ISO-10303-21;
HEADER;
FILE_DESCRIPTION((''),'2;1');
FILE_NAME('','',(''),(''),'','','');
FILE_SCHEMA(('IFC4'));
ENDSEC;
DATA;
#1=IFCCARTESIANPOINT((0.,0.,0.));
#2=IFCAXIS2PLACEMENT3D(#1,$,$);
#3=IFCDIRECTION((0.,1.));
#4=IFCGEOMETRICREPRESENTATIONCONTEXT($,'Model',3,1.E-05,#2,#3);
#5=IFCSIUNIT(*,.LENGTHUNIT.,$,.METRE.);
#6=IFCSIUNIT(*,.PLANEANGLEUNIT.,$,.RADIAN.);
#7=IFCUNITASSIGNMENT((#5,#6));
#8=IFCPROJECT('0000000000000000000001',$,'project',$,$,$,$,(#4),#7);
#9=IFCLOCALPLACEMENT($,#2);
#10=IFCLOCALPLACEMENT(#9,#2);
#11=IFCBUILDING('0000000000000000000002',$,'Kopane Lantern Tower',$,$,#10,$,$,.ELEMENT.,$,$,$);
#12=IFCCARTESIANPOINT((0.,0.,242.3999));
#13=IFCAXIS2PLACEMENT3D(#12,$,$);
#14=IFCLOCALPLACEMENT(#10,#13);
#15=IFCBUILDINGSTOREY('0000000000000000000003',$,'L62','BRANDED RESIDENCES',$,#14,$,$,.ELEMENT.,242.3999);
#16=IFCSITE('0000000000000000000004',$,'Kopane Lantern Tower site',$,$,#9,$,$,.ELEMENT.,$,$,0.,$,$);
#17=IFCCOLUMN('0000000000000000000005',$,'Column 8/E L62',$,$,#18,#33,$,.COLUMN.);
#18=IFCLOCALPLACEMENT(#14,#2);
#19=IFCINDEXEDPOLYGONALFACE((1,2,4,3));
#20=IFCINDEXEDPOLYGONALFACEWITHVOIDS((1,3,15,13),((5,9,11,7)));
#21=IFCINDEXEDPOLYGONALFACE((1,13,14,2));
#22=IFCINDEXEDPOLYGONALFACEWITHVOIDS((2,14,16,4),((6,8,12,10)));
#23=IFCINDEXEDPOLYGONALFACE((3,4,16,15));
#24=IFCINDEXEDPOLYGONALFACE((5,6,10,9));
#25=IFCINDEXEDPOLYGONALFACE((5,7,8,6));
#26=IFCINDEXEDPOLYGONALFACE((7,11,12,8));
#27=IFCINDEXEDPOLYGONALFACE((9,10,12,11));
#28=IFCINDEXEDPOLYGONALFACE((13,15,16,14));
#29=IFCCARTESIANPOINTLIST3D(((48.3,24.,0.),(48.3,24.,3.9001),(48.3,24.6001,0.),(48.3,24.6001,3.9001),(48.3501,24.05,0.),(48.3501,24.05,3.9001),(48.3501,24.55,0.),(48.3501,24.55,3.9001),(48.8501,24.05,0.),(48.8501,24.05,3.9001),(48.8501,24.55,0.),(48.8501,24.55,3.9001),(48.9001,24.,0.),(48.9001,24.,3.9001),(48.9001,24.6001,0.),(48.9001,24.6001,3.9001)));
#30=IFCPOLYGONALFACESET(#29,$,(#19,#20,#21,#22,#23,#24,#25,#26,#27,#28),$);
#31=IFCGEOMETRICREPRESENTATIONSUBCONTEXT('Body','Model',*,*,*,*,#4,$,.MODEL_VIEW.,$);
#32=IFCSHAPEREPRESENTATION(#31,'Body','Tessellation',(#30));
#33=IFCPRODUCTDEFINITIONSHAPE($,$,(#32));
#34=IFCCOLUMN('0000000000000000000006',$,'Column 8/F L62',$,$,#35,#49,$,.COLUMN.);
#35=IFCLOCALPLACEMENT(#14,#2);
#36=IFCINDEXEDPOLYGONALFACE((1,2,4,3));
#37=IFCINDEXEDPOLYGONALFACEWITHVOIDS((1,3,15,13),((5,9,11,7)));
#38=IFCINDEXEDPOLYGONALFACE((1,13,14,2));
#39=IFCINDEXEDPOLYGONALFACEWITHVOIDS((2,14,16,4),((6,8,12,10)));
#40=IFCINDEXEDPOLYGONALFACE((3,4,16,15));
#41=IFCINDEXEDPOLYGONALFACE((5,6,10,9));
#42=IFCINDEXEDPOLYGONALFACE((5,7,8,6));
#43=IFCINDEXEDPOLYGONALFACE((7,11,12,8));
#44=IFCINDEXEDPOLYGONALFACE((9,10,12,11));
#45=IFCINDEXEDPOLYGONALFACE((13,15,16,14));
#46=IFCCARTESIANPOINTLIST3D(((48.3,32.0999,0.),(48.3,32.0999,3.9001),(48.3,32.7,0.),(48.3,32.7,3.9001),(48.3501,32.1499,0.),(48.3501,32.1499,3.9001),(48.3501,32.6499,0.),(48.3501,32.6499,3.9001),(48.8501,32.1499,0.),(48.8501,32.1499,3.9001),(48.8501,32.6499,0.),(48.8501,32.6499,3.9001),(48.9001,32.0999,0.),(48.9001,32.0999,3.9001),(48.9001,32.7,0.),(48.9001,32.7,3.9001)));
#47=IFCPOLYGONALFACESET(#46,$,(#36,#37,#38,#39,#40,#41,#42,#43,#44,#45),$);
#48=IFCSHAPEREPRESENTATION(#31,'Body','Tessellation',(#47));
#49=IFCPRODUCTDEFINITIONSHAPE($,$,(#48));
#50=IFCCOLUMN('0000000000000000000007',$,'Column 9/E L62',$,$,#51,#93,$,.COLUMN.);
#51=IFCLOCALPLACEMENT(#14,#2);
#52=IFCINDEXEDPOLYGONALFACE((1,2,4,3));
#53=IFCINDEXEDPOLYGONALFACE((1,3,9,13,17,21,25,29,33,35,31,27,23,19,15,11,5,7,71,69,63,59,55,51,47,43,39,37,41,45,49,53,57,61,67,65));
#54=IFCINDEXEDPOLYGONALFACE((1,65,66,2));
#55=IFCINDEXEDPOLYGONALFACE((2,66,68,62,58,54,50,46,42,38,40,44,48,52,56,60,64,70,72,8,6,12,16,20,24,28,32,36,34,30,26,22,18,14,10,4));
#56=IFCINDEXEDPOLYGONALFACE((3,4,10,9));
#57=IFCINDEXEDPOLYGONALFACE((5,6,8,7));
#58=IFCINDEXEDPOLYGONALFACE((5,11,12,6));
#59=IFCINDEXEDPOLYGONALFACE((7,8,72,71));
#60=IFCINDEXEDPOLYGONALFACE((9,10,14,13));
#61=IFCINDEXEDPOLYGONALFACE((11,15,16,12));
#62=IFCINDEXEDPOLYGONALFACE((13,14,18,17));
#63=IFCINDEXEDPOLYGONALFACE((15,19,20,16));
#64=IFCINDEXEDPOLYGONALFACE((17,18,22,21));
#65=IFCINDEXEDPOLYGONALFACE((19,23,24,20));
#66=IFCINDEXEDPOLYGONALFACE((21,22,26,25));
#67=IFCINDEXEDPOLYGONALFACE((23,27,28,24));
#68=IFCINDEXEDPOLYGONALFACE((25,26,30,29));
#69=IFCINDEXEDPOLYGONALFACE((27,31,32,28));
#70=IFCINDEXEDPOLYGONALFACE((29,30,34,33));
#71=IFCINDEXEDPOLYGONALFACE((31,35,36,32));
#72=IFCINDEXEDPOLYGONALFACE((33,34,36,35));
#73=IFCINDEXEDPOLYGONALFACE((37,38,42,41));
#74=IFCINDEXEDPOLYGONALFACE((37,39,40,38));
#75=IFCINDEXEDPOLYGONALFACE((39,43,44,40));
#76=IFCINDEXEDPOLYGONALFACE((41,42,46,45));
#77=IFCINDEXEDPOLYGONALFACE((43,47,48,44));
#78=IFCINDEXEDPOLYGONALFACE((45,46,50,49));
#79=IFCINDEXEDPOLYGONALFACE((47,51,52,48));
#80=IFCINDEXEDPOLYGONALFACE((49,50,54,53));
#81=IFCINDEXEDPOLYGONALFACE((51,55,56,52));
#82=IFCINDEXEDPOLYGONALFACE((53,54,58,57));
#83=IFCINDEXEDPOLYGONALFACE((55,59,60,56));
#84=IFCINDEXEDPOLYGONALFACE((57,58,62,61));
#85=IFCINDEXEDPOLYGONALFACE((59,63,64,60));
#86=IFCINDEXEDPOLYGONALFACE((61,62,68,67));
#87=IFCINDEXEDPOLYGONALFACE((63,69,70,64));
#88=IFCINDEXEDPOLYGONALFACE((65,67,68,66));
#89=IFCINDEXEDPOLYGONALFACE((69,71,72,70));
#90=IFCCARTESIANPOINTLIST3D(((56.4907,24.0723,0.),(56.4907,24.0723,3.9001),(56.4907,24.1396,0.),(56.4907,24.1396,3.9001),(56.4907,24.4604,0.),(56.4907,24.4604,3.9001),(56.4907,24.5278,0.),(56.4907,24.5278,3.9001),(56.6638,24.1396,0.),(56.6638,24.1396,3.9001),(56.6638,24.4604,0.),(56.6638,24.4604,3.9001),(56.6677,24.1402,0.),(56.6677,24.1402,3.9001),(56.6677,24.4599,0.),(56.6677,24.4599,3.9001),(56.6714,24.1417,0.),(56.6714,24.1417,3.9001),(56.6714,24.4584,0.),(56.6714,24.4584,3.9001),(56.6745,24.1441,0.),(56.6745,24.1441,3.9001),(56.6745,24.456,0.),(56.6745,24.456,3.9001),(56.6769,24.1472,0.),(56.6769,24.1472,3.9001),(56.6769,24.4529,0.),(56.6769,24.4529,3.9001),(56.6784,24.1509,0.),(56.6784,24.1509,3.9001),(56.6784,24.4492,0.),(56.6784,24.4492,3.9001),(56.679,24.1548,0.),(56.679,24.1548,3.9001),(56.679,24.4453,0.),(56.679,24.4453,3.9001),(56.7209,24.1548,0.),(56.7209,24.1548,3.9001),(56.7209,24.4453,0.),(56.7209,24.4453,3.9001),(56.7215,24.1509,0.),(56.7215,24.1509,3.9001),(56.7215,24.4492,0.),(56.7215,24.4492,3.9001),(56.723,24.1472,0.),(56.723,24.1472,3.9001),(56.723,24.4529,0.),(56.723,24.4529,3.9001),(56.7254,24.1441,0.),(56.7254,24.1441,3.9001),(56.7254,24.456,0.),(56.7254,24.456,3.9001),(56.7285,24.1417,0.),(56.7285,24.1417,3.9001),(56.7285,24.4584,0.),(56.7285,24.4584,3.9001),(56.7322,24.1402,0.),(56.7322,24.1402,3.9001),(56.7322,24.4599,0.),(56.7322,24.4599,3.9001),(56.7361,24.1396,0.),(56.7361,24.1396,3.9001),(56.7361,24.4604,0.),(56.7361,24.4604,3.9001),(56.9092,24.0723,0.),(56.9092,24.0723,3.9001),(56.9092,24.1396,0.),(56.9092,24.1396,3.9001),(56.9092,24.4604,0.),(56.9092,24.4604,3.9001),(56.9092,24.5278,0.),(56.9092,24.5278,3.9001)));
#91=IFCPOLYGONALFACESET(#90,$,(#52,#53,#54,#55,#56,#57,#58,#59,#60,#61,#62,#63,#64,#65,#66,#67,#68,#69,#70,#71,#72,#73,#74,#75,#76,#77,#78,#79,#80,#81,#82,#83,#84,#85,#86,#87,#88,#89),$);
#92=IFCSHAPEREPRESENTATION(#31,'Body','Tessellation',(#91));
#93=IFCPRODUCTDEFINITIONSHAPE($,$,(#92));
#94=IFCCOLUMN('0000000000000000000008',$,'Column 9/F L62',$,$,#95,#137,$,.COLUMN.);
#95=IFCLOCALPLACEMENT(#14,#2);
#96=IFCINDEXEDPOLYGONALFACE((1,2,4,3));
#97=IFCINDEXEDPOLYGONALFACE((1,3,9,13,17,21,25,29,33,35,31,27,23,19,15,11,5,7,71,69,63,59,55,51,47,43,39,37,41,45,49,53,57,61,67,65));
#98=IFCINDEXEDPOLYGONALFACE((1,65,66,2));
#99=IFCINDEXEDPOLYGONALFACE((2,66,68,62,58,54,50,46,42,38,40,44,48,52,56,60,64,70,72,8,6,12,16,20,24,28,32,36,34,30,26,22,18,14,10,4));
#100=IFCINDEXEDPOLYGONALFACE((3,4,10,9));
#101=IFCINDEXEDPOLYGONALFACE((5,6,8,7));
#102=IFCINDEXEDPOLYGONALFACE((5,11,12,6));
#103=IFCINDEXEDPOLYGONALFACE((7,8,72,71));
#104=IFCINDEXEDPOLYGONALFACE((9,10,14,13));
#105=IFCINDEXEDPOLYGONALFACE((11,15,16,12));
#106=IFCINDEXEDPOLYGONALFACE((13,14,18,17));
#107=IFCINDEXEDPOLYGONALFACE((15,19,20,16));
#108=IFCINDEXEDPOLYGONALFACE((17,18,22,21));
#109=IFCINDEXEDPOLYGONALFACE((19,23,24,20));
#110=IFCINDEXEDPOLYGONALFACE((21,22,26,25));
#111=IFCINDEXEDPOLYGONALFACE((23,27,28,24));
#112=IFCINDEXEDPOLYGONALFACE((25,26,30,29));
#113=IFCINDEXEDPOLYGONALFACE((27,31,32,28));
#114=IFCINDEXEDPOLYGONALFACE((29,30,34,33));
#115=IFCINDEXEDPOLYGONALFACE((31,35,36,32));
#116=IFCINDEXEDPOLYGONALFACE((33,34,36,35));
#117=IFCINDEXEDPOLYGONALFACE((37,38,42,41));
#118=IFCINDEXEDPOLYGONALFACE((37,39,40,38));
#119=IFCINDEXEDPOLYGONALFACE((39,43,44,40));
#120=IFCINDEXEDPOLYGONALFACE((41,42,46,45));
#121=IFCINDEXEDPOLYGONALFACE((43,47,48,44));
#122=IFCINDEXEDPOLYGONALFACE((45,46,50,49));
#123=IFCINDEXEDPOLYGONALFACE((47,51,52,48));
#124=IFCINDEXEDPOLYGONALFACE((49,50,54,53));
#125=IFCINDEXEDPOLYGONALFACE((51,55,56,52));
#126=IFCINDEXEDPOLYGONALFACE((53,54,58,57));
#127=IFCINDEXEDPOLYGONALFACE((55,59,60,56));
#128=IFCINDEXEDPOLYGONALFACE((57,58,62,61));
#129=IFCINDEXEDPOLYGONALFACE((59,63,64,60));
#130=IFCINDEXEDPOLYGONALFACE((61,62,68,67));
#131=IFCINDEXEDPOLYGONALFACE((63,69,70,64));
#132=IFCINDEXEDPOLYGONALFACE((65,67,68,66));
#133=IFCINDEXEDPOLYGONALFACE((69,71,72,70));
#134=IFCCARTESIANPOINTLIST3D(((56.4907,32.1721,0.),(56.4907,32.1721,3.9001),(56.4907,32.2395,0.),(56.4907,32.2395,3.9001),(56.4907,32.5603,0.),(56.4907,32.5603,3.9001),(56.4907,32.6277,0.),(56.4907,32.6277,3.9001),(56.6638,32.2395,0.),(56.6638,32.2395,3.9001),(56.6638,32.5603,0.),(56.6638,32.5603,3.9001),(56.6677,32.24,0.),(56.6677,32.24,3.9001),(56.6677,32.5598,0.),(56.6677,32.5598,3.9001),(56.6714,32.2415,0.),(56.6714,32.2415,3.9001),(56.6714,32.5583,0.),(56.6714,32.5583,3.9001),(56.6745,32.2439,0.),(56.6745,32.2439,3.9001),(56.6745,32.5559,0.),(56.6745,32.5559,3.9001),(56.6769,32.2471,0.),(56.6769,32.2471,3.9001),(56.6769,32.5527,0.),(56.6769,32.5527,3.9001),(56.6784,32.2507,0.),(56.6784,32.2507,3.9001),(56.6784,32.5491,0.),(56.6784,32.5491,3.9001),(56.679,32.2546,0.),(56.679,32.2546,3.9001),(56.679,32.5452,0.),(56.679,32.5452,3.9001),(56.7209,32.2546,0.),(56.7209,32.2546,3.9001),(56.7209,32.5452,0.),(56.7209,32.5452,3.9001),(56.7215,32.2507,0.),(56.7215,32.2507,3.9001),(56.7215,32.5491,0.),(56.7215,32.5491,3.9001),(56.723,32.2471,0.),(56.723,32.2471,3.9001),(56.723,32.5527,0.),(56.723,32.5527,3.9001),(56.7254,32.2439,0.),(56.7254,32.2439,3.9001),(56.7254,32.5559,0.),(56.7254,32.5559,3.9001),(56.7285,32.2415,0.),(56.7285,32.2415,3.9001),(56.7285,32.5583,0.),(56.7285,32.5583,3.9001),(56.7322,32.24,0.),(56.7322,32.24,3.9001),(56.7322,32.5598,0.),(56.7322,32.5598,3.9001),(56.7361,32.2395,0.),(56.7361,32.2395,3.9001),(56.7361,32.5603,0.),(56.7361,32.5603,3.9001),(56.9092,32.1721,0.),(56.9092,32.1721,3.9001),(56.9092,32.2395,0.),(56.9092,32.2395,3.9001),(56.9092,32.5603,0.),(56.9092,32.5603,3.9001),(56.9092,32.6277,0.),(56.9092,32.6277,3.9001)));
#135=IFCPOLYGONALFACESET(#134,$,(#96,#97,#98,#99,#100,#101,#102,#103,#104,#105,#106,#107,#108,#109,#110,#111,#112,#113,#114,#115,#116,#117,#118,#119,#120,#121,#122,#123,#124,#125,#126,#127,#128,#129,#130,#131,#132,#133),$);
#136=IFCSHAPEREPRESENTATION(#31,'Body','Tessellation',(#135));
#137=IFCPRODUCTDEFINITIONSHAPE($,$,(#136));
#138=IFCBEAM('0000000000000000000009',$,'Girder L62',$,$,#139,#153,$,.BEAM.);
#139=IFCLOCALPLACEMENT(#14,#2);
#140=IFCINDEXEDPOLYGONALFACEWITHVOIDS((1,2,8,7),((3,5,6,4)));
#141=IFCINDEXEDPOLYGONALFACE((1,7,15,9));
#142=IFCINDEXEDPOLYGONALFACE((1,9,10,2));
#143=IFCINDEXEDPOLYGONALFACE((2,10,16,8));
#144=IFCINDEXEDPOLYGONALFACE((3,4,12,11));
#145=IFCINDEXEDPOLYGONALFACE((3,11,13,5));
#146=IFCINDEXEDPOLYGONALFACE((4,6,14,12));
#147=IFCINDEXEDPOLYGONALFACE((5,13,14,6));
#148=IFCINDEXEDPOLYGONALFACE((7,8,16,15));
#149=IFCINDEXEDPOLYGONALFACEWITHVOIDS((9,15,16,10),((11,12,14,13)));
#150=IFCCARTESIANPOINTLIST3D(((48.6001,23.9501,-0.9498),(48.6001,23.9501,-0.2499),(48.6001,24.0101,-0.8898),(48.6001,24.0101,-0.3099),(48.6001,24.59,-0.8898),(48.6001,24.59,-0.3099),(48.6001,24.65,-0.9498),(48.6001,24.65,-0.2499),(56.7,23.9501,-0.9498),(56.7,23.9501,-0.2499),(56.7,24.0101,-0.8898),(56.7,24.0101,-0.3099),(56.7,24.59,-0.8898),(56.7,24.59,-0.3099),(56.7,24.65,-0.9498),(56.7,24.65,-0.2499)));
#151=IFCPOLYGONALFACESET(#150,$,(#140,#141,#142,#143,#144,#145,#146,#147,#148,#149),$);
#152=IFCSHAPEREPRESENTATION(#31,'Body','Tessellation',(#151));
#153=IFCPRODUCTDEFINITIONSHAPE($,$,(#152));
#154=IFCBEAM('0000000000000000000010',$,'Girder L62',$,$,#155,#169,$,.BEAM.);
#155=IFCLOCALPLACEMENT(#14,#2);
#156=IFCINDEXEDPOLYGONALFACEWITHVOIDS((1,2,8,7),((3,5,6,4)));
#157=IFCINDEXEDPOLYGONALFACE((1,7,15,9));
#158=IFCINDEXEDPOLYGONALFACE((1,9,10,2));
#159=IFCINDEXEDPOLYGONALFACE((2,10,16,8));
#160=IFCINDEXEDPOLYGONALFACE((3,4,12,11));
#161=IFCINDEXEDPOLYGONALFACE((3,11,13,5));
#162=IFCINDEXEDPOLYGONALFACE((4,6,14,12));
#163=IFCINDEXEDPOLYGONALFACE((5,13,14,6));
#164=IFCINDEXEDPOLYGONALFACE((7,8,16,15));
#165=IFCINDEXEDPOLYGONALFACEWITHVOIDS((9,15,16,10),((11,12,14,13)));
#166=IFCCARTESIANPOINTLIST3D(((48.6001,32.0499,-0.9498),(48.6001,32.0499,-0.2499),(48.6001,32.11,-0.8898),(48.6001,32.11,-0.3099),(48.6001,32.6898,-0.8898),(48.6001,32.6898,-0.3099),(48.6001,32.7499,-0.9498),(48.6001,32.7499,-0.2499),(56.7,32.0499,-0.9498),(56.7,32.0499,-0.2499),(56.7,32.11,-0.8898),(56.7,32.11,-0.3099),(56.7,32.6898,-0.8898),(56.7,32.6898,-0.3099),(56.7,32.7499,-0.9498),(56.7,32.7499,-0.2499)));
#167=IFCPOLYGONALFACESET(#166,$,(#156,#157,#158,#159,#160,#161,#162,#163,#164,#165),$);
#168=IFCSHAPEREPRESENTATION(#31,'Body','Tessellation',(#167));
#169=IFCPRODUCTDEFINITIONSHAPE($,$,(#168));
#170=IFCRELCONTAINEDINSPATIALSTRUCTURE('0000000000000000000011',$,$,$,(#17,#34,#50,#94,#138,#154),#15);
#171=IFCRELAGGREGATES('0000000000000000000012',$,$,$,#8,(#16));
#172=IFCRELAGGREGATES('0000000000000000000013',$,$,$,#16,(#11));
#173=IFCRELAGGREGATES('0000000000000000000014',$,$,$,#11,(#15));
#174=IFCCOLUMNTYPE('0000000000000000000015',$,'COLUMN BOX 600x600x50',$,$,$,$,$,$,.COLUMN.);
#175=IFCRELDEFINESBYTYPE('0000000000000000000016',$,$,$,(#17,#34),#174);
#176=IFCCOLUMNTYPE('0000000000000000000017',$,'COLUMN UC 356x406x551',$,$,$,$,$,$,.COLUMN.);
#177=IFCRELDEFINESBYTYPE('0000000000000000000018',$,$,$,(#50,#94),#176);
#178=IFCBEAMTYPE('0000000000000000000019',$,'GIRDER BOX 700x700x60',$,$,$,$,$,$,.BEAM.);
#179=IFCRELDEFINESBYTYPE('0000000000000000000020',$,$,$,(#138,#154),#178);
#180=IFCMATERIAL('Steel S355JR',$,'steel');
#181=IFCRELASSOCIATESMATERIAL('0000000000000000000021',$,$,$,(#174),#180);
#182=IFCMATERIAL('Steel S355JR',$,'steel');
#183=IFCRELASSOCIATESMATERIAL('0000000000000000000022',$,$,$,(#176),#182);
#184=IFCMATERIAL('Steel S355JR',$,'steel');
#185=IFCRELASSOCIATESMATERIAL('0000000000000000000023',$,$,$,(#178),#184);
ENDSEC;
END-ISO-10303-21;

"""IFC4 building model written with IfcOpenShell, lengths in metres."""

from ifc_helpers import new_model, si_unit, direction, frame, origin, origin_2d, place, context, subcontext, project, spatial, hollow_rectangle, i_section, extrude, material, material_profile, profile_set, type_object, element, save


model = new_model("IFC4")

# Units and contexts
model_context = context("Model", 3, precision=1e-05, world=origin(), true_north=direction((0.0, 1.0)))
body_context = subcontext(model_context, "Body", "Model", "MODEL_VIEW")
ifc_project = project(units=[si_unit("LENGTHUNIT", "METRE"), si_unit("PLANEANGLEUNIT", "RADIAN")], contexts=[model_context])

# Site, building, storey
site_placement = place(None, origin())
site = spatial("IfcSite", under=ifc_project, at=site_placement, Name="Kopane Lantern Tower site", CompositionType="ELEMENT", RefElevation=0.0)
building_placement = place(site_placement, origin())
building = spatial("IfcBuilding", under=site, at=building_placement, Name="Kopane Lantern Tower", CompositionType="ELEMENT")
storey_placement = place(building_placement, frame((0.0, 0.0, 242.3999)))
storey = spatial("IfcBuildingStorey", under=building, at=storey_placement, Name="L62", Description="BRANDED RESIDENCES", CompositionType="ELEMENT", Elevation=242.3999)

# Columns
ifc_material_1 = material(Name="Steel S355JR", Category="steel")
ifc_material_profile_1 = material_profile(ifc_material_1, hollow_rectangle(XDim=0.6001, YDim=0.6001, WallThickness=0.05, at=origin_2d()), Name="BOX 600x600x50")
ifc_profile_set_1 = profile_set([ifc_material_profile_1], Name="Steel S355JR")
column_type_1 = type_object("IfcColumnType", Name="COLUMN BOX 600x600x50", PredefinedType="COLUMN", material=ifc_profile_set_1)
for number, where, z_axis, x_axis, name in (
    (1, (48.6001, 24.3, 0.0), (0.0, 0.0, 1.0), (1.0, 0.0, 0.0), "Column 8/E L62"),
    (2, (48.6001, 32.3999, 0.0), (0.0, 0.0, 1.0), (1.0, 0.0, 0.0), "Column 8/F L62"),
):
    element("IfcColumn", number, at=place(storey_placement, frame(where, z_axis=z_axis, x_axis=x_axis)), inside=storey, type_object=column_type_1, Name=name, PredefinedType="COLUMN", context=body_context, shape_type="SweptSolid", body=[
        extrude(hollow_rectangle(XDim=0.6001, YDim=0.6001, WallThickness=0.05, at=origin_2d()), origin(), (0.0, 0.0, 1.0), 3.9001),
    ])
ifc_material_2 = material(Name="Steel S355JR", Category="steel")
ifc_material_profile_2 = material_profile(ifc_material_2, i_section(OverallWidth=0.4185, OverallDepth=0.4556, WebThickness=0.042, FlangeThickness=0.0674, FilletRadius=0.0151, at=origin_2d()), Name="UC 356x406x551")
ifc_profile_set_2 = profile_set([ifc_material_profile_2], Name="Steel S355JR")
column_type_2 = type_object("IfcColumnType", Name="COLUMN UC 356x406x551", PredefinedType="COLUMN", material=ifc_profile_set_2)
for number, where, z_axis, x_axis, name in (
    (3, (56.7, 24.3, 0.0), (0.0, 0.0, 1.0), (1.0, 0.0, 0.0), "Column 9/E L62"),
    (4, (56.7, 32.3999, 0.0), (0.0, 0.0, 1.0), (1.0, 0.0, 0.0), "Column 9/F L62"),
):
    element("IfcColumn", number, at=place(storey_placement, frame(where, z_axis=z_axis, x_axis=x_axis)), inside=storey, type_object=column_type_2, Name=name, PredefinedType="COLUMN", context=body_context, shape_type="SweptSolid", body=[
        extrude(i_section(OverallWidth=0.4185, OverallDepth=0.4556, WebThickness=0.042, FlangeThickness=0.0674, FilletRadius=0.0151, at=origin_2d()), origin(), (0.0, 0.0, 1.0), 3.9001),
    ])

# Beams
ifc_material_3 = material(Name="Steel S355JR", Category="steel")
ifc_material_profile_3 = material_profile(ifc_material_3, hollow_rectangle(XDim=0.7, YDim=0.7, WallThickness=0.0601, at=origin_2d()), Name="BOX 700x700x60")
ifc_profile_set_3 = profile_set([ifc_material_profile_3], Name="Steel S355JR")
beam_type = type_object("IfcBeamType", Name="GIRDER BOX 700x700x60", PredefinedType="BEAM", material=ifc_profile_set_3)
for number, where, z_axis, x_axis, name in (
    (5, (48.6001, 24.3, -0.5999), (1.0, 0.0, 0.0), (0.0, 1.0, 0.0), "Girder L62"),
    (6, (48.6001, 32.3999, -0.5999), (1.0, 0.0, 0.0), (0.0, 1.0, 0.0), "Girder L62"),
):
    element("IfcBeam", number, at=place(storey_placement, frame(where, z_axis=z_axis, x_axis=x_axis)), inside=storey, type_object=beam_type, Name=name, PredefinedType="BEAM", context=body_context, shape_type="SweptSolid", body=[
        extrude(hollow_rectangle(XDim=0.7, YDim=0.7, WallThickness=0.0601, at=origin_2d()), origin(), (0.0, 0.0, 1.0), 8.0999),
    ])

save(model, "model.ifc")
